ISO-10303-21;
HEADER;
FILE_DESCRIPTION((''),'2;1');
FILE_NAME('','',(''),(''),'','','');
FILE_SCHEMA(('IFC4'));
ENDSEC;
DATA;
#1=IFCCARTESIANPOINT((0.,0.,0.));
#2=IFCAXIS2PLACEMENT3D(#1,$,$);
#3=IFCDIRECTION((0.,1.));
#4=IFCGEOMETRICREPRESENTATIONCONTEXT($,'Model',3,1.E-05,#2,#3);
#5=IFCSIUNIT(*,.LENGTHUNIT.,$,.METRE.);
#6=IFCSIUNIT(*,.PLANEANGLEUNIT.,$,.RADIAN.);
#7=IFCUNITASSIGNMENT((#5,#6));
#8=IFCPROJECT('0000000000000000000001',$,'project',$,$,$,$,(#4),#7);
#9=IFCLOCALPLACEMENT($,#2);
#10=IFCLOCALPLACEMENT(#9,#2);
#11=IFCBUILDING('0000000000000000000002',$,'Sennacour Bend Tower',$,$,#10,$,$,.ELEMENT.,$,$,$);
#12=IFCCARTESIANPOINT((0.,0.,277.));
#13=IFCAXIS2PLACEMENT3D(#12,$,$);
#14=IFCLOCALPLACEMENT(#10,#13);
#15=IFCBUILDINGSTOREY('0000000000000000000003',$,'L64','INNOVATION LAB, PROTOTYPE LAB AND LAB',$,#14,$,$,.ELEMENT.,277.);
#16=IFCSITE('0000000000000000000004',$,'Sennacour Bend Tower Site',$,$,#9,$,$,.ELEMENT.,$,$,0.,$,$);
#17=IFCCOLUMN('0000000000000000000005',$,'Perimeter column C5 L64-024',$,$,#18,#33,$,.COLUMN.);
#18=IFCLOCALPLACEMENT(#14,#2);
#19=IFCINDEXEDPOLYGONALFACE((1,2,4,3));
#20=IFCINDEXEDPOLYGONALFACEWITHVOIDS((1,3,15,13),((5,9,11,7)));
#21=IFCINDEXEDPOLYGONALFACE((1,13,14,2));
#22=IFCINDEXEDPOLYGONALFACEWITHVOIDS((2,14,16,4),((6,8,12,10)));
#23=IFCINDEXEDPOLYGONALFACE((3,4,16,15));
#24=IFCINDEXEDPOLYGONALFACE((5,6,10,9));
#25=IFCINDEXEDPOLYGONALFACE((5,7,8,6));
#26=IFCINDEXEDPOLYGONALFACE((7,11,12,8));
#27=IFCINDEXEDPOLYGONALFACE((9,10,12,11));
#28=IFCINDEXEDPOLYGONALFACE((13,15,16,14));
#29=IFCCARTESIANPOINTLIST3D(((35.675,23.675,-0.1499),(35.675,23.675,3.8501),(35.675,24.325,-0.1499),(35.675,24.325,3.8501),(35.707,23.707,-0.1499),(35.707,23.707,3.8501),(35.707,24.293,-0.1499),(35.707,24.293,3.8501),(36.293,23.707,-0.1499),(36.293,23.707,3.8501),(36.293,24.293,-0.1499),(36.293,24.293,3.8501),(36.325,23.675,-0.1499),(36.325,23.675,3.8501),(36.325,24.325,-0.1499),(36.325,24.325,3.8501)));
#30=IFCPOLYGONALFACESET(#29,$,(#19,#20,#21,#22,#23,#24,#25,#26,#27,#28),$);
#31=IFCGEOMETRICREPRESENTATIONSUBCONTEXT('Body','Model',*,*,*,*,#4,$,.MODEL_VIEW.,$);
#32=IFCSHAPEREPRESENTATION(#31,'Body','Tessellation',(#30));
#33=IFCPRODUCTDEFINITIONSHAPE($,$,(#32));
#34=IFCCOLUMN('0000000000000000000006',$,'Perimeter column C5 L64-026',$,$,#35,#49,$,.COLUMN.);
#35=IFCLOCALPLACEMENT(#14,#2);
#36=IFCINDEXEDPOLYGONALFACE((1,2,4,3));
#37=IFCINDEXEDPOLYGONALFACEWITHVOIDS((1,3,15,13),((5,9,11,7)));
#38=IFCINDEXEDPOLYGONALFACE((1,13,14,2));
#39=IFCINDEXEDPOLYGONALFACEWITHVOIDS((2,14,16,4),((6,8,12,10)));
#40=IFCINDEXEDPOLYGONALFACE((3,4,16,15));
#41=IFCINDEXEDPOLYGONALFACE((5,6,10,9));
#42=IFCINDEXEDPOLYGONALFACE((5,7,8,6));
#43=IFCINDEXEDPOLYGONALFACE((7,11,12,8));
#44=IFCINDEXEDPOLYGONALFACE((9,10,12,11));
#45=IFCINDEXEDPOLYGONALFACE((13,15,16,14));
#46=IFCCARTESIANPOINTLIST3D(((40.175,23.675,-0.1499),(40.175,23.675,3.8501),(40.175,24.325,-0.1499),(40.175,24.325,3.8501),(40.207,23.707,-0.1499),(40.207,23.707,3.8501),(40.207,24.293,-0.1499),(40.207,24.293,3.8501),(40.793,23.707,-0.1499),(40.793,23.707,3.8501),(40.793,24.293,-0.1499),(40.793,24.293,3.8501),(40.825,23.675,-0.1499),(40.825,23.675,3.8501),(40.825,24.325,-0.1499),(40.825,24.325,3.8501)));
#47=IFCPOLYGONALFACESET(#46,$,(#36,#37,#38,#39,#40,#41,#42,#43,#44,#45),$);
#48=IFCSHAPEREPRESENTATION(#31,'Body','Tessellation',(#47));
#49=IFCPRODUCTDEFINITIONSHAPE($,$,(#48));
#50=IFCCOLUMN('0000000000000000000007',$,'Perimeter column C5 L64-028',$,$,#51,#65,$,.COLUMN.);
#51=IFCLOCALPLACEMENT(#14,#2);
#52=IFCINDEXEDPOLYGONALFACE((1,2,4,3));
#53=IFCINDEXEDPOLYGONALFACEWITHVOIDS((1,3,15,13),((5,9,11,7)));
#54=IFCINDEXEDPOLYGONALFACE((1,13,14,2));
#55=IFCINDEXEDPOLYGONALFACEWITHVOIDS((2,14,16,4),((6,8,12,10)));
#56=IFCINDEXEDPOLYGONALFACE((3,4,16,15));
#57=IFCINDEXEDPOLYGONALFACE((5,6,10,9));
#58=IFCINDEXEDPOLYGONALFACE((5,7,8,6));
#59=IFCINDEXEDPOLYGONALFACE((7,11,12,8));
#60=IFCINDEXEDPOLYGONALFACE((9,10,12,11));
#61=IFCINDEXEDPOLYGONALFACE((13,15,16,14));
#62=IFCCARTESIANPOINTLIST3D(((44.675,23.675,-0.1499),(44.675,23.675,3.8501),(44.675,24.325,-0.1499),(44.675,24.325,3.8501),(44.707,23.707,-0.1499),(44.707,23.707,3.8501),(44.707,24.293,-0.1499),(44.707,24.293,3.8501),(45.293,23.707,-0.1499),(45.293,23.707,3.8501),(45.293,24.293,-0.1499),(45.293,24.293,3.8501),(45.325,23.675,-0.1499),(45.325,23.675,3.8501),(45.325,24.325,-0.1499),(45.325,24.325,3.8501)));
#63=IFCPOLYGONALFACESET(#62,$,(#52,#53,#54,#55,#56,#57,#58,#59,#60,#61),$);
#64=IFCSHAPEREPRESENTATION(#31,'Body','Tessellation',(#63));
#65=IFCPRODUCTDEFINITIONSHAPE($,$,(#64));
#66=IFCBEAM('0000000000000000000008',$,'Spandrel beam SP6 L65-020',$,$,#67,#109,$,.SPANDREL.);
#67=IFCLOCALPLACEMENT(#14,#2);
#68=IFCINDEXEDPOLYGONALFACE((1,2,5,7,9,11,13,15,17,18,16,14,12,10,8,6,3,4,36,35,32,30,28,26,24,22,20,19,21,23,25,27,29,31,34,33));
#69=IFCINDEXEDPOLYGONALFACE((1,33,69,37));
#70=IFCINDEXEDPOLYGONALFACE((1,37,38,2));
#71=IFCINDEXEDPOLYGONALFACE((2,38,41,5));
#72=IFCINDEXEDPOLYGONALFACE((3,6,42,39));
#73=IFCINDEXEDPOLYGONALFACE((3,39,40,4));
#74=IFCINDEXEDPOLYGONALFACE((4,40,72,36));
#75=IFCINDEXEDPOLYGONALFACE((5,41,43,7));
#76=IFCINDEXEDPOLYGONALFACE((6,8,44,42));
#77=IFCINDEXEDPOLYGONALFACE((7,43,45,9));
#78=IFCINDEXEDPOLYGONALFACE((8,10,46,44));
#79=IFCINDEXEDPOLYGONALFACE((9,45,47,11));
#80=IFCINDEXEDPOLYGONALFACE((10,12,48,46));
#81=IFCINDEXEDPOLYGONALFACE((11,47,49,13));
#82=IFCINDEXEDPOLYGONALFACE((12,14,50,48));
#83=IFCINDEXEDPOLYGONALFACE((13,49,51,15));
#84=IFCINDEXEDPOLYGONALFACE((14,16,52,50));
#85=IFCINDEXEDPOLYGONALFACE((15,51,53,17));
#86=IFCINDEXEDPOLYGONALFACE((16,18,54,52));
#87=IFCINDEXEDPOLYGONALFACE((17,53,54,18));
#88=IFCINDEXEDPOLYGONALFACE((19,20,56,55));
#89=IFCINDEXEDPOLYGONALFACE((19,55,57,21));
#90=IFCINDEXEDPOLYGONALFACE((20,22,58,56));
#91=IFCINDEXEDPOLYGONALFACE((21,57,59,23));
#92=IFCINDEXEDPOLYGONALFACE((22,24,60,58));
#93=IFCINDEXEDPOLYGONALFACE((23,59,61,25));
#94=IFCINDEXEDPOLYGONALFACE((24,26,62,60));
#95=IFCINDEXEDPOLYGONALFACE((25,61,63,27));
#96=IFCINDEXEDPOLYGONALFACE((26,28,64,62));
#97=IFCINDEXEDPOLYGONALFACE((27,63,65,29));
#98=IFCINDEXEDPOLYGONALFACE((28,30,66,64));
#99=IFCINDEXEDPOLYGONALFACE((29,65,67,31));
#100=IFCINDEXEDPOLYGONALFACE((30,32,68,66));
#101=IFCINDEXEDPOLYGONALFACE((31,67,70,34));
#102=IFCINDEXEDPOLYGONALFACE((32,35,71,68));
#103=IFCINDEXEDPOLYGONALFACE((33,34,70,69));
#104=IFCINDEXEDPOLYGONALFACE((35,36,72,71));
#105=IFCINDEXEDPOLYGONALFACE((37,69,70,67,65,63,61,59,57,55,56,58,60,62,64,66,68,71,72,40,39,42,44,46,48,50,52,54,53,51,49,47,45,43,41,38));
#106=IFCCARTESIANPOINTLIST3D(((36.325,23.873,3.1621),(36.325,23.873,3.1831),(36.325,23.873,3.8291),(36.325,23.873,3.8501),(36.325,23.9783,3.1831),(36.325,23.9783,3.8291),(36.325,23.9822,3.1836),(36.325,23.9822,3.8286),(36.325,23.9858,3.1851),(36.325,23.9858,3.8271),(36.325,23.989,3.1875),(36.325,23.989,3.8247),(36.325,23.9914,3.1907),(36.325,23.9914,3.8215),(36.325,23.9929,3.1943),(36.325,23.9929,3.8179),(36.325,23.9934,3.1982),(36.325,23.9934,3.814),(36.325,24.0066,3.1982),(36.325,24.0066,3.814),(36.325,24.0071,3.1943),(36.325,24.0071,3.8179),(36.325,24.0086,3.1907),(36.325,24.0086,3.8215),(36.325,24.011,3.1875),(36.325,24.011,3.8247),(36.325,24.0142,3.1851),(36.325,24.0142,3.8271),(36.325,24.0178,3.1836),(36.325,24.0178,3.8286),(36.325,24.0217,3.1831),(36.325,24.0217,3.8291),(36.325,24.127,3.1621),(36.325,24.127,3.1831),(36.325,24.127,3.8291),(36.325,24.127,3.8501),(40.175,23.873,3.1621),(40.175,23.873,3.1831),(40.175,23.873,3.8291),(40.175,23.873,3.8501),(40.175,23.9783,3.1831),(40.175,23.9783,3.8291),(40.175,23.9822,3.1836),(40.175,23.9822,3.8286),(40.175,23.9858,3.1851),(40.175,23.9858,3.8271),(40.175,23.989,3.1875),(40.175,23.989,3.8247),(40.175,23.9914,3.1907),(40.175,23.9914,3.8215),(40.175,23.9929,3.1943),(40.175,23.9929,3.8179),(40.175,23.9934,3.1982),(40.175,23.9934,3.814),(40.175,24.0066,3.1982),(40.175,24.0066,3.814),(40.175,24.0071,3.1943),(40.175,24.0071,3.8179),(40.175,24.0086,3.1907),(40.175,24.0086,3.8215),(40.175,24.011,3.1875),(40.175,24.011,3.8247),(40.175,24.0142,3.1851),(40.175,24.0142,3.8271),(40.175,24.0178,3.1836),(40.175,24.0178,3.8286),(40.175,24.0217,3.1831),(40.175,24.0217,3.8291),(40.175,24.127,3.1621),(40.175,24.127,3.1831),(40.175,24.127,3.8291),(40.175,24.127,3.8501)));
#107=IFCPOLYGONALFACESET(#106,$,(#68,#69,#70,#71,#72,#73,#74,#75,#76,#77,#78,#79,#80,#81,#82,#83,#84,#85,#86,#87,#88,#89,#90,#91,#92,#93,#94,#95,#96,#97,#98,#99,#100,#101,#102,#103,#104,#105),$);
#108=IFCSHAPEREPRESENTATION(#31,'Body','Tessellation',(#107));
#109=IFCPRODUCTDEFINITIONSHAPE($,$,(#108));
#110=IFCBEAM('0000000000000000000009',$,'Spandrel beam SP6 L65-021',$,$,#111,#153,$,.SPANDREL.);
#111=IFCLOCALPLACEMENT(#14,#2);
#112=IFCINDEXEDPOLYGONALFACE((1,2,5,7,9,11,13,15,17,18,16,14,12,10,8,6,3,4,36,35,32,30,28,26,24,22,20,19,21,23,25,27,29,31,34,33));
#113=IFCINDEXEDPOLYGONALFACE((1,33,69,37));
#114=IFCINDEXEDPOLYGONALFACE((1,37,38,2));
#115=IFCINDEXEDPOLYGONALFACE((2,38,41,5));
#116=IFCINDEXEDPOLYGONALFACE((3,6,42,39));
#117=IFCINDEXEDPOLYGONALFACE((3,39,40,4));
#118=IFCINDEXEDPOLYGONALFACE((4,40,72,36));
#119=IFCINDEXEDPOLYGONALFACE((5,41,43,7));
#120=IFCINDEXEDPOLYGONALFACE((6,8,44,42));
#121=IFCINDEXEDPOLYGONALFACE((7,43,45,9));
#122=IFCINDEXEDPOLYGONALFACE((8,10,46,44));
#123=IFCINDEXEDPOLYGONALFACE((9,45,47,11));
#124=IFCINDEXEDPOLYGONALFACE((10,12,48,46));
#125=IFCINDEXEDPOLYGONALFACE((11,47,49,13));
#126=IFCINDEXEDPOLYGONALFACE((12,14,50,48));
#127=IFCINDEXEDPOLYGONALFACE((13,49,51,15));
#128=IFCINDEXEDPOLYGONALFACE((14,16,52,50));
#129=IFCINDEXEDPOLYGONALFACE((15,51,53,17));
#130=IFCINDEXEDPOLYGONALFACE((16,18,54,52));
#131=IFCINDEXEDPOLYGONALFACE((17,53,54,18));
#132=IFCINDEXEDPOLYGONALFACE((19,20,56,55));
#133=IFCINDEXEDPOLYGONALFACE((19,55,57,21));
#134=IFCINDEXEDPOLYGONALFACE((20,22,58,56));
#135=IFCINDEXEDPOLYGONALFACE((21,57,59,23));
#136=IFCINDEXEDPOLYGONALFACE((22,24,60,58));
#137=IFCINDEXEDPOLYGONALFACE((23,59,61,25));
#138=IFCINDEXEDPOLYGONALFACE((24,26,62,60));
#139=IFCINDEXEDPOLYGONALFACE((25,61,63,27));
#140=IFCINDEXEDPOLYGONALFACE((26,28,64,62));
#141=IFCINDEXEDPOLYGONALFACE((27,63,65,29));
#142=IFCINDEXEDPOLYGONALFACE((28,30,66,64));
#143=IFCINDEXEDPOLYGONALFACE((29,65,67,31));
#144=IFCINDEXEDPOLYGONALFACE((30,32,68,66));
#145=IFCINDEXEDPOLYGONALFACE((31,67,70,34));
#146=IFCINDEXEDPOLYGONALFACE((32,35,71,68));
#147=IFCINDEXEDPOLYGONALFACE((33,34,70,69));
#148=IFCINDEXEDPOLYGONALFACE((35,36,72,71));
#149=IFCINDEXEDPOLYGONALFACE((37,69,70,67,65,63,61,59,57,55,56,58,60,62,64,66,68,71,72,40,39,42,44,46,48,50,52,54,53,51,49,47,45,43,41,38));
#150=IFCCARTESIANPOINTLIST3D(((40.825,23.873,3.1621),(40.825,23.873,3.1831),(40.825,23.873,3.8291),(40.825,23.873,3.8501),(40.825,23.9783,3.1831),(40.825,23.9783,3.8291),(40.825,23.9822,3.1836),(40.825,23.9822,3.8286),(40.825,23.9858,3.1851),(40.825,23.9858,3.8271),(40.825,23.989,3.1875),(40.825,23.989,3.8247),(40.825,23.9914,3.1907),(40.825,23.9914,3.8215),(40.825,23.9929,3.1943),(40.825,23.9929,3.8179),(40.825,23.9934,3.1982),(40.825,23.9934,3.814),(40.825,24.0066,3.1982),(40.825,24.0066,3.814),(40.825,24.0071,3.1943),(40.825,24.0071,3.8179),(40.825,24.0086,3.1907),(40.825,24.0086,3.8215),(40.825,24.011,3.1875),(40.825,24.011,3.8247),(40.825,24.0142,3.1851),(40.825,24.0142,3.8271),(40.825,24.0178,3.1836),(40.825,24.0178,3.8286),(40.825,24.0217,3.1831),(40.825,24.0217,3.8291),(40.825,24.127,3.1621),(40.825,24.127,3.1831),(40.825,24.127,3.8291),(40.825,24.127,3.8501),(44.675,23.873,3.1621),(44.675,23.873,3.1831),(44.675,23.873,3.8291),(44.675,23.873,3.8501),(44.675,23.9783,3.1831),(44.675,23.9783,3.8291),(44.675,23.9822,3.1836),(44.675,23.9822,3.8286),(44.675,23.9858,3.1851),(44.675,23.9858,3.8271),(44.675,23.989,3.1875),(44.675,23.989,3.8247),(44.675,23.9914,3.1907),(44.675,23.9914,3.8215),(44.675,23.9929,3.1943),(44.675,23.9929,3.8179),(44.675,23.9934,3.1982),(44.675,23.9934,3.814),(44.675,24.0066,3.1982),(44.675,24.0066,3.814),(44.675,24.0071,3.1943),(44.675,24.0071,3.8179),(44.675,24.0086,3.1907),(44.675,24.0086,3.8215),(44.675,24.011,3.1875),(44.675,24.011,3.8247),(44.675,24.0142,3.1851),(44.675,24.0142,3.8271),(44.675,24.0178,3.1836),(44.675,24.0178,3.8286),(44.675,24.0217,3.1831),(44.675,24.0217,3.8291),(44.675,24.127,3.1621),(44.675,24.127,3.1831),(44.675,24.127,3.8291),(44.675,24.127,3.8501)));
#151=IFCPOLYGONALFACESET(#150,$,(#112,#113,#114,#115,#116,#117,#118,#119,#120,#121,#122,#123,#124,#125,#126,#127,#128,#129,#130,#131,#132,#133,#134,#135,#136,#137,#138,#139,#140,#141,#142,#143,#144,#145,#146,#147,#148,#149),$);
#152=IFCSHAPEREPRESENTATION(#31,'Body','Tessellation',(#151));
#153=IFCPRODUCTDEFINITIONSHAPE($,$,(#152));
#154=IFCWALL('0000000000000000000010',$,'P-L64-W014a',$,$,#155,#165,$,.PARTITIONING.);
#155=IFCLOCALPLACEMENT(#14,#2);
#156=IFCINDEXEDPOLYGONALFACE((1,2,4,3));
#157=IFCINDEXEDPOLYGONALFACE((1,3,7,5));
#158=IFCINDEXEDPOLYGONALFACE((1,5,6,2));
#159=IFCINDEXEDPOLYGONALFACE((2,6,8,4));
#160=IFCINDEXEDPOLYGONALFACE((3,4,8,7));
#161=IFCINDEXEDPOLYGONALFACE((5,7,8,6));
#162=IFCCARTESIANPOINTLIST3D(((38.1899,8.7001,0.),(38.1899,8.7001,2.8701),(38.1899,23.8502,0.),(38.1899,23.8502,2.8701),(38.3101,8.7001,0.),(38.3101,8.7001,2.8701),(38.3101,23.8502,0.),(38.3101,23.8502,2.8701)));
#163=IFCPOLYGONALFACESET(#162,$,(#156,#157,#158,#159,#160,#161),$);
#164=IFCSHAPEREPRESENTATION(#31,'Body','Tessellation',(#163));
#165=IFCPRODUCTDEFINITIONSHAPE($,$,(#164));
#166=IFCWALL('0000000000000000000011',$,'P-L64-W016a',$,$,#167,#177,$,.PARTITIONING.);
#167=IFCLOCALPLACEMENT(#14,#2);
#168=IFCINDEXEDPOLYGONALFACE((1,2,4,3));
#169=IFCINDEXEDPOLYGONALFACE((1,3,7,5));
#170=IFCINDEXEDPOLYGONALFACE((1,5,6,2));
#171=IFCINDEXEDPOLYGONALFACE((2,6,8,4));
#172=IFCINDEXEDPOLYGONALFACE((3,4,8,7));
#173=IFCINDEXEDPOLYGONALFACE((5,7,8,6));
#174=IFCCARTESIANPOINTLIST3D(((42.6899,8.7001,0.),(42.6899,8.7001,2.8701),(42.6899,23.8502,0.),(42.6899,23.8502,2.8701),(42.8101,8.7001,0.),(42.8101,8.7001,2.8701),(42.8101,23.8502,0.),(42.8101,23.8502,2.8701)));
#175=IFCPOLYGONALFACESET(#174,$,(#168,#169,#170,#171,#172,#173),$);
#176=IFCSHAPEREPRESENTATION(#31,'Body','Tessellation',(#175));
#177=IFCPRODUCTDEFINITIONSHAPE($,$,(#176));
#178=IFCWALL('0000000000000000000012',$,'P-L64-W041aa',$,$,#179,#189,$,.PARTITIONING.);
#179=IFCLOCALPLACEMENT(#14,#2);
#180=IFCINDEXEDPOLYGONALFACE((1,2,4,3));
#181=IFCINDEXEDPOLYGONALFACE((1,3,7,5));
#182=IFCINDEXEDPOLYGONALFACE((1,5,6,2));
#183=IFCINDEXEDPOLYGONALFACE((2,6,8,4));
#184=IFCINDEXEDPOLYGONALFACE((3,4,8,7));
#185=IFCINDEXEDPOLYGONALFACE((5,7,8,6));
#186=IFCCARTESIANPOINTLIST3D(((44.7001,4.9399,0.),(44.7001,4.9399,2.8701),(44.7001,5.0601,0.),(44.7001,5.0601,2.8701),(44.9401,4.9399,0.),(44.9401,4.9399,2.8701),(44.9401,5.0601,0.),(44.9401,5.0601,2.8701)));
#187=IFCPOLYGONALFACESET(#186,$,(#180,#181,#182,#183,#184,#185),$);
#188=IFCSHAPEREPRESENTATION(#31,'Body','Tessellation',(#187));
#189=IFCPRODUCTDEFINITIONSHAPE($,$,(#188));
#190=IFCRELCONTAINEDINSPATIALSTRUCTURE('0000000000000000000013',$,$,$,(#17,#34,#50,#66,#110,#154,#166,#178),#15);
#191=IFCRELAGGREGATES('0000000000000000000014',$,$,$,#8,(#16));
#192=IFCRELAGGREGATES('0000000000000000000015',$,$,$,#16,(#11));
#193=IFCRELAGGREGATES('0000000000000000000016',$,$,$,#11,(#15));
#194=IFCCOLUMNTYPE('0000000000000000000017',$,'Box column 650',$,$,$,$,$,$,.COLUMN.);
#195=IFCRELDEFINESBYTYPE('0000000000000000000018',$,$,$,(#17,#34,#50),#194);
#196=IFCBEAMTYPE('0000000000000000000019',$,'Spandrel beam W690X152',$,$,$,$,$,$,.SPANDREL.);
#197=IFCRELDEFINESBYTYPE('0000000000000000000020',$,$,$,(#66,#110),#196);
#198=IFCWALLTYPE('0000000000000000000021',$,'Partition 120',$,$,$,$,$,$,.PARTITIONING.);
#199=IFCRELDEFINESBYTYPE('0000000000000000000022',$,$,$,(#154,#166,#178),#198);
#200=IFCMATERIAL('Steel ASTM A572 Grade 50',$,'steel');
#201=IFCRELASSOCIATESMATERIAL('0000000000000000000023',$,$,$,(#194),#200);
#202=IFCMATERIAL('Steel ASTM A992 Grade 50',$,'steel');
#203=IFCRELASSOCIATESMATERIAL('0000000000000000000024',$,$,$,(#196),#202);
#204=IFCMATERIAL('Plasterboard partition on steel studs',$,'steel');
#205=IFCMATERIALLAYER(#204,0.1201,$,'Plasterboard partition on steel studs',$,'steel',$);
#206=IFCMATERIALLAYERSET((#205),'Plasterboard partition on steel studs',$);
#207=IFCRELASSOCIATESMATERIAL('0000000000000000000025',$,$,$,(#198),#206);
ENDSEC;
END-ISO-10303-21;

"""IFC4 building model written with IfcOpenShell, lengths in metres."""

from ifc_helpers import new_model, si_unit, direction, frame, frame_2d, origin, origin_2d, place, context, subcontext, project, spatial, rectangle, hollow_rectangle, i_section, extrude, material, layer, layer_set, material_profile, profile_set, type_object, element, save


model = new_model("IFC4")

# Units and contexts
model_context = context("Model", 3, precision=1e-05, world=origin(), true_north=direction((0.0, 1.0)))
body_context = subcontext(model_context, "Body", "Model", "MODEL_VIEW")
ifc_project = project(units=[si_unit("LENGTHUNIT", "METRE"), si_unit("PLANEANGLEUNIT", "RADIAN")], contexts=[model_context])

# Site, building, storey
site_placement = place(None, origin())
site = spatial("IfcSite", under=ifc_project, at=site_placement, Name="Sennacour Bend Tower Site", CompositionType="ELEMENT", RefElevation=0.0)
building_placement = place(site_placement, origin())
building = spatial("IfcBuilding", under=site, at=building_placement, Name="Sennacour Bend Tower", CompositionType="ELEMENT")
storey_placement = place(building_placement, frame((0.0, 0.0, 277.0)))
storey = spatial("IfcBuildingStorey", under=building, at=storey_placement, Name="L64", Description="INNOVATION LAB, PROTOTYPE LAB AND LAB", CompositionType="ELEMENT", Elevation=277.0)

# Columns
ifc_material_1 = material(Name="Steel ASTM A572 Grade 50", Category="steel")
ifc_material_profile_1 = material_profile(ifc_material_1, hollow_rectangle(XDim=0.6499, YDim=0.6499, WallThickness=0.032, at=origin_2d()), Name="Steel ASTM A572 Grade 50", Category="steel")
ifc_profile_set_1 = profile_set([ifc_material_profile_1], Name="Steel ASTM A572 Grade 50")
column_type = type_object("IfcColumnType", Name="Box column 650", PredefinedType="COLUMN", material=ifc_profile_set_1)
for number, where, z_axis, x_axis, name in (
    (1, (36.0, 24.0, -0.1499), (0.0, 0.0, 1.0), (1.0, 0.0, 0.0), "Perimeter column C5 L64-024"),
    (2, (40.5, 24.0, -0.1499), (0.0, 0.0, 1.0), (1.0, 0.0, 0.0), "Perimeter column C5 L64-026"),
    (3, (45.0, 24.0, -0.1499), (0.0, 0.0, 1.0), (1.0, 0.0, 0.0), "Perimeter column C5 L64-028"),
):
    element("IfcColumn", number, at=place(storey_placement, frame(where, z_axis=z_axis, x_axis=x_axis)), inside=storey, type_object=column_type, Name=name, PredefinedType="COLUMN", context=body_context, shape_type="SweptSolid", body=[
        extrude(hollow_rectangle(XDim=0.6499, YDim=0.6499, WallThickness=0.032, at=origin_2d()), origin(), (0.0, 0.0, 1.0), 4.0),
    ])

# Beams
ifc_material_2 = material(Name="Steel ASTM A992 Grade 50", Category="steel")
ifc_material_profile_2 = material_profile(ifc_material_2, i_section(OverallWidth=0.2539, OverallDepth=0.688, WebThickness=0.0132, FlangeThickness=0.021, FilletRadius=0.0151, at=origin_2d()), Name="Steel ASTM A992 Grade 50", Category="steel")
ifc_profile_set_2 = profile_set([ifc_material_profile_2], Name="Steel ASTM A992 Grade 50")
beam_type = type_object("IfcBeamType", Name="Spandrel beam W690X152", PredefinedType="SPANDREL", material=ifc_profile_set_2)
for number, where, z_axis, x_axis, name in (
    (4, (36.325, 24.0, 3.5061), (1.0, 0.0, 0.0), (0.0, 1.0, 0.0), "Spandrel beam SP6 L65-020"),
    (5, (40.825, 24.0, 3.5061), (1.0, 0.0, 0.0), (0.0, 1.0, 0.0), "Spandrel beam SP6 L65-021"),
):
    element("IfcBeam", number, at=place(storey_placement, frame(where, z_axis=z_axis, x_axis=x_axis)), inside=storey, type_object=beam_type, Name=name, PredefinedType="SPANDREL", context=body_context, shape_type="SweptSolid", body=[
        extrude(i_section(OverallWidth=0.2539, OverallDepth=0.688, WebThickness=0.0132, FlangeThickness=0.021, FilletRadius=0.0151, at=origin_2d()), origin(), (0.0, 0.0, 1.0), 3.8501),
    ])

# Walls
ifc_material_3 = material(Name="Plasterboard partition on steel studs", Category="steel")
ifc_layer_1 = layer(ifc_material_3, 0.1201, Name="Plasterboard partition on steel studs", Category="steel")
ifc_layer_set_1 = layer_set([ifc_layer_1], Name="Plasterboard partition on steel studs")
wall_type_1 = type_object("IfcWallType", Name="Partition 120", PredefinedType="PARTITIONING", material=ifc_layer_set_1)
for number, where, z_axis, x_axis, name in (
    (6, (38.25, 8.7, 0.0), (0.0, 0.0, 1.0), (0.0, 1.0, 0.0), "P-L64-W014a"),
    (7, (42.75, 8.7, 0.0), (0.0, 0.0, 1.0), (0.0, 1.0, 0.0), "P-L64-W016a"),
):
    element("IfcWall", number, at=place(storey_placement, frame(where, z_axis=z_axis, x_axis=x_axis)), inside=storey, type_object=wall_type_1, Name=name, PredefinedType="PARTITIONING", context=body_context, shape_type="SweptSolid", body=[
        extrude(rectangle(XDim=15.1501, YDim=0.1201, at=frame_2d((7.5752, 0.0))), origin(), (0.0, 0.0, 1.0), 2.8701),
    ])
wall_1_placement = place(storey_placement, frame((44.7, 5.0, 0.0), z_axis=(0.0, 0.0, 1.0), x_axis=(1.0, 0.0, 0.0)))
element("IfcWall", 8, at=wall_1_placement, inside=storey, type_object=wall_type_1, Name="P-L64-W041aa", PredefinedType="PARTITIONING", context=body_context, shape_type="SweptSolid", body=[
    extrude(rectangle(XDim=0.24, YDim=0.1201, at=frame_2d((0.1201, 0.0))), origin(), (0.0, 0.0, 1.0), 2.8701),
])

save(model, "model.ifc")
